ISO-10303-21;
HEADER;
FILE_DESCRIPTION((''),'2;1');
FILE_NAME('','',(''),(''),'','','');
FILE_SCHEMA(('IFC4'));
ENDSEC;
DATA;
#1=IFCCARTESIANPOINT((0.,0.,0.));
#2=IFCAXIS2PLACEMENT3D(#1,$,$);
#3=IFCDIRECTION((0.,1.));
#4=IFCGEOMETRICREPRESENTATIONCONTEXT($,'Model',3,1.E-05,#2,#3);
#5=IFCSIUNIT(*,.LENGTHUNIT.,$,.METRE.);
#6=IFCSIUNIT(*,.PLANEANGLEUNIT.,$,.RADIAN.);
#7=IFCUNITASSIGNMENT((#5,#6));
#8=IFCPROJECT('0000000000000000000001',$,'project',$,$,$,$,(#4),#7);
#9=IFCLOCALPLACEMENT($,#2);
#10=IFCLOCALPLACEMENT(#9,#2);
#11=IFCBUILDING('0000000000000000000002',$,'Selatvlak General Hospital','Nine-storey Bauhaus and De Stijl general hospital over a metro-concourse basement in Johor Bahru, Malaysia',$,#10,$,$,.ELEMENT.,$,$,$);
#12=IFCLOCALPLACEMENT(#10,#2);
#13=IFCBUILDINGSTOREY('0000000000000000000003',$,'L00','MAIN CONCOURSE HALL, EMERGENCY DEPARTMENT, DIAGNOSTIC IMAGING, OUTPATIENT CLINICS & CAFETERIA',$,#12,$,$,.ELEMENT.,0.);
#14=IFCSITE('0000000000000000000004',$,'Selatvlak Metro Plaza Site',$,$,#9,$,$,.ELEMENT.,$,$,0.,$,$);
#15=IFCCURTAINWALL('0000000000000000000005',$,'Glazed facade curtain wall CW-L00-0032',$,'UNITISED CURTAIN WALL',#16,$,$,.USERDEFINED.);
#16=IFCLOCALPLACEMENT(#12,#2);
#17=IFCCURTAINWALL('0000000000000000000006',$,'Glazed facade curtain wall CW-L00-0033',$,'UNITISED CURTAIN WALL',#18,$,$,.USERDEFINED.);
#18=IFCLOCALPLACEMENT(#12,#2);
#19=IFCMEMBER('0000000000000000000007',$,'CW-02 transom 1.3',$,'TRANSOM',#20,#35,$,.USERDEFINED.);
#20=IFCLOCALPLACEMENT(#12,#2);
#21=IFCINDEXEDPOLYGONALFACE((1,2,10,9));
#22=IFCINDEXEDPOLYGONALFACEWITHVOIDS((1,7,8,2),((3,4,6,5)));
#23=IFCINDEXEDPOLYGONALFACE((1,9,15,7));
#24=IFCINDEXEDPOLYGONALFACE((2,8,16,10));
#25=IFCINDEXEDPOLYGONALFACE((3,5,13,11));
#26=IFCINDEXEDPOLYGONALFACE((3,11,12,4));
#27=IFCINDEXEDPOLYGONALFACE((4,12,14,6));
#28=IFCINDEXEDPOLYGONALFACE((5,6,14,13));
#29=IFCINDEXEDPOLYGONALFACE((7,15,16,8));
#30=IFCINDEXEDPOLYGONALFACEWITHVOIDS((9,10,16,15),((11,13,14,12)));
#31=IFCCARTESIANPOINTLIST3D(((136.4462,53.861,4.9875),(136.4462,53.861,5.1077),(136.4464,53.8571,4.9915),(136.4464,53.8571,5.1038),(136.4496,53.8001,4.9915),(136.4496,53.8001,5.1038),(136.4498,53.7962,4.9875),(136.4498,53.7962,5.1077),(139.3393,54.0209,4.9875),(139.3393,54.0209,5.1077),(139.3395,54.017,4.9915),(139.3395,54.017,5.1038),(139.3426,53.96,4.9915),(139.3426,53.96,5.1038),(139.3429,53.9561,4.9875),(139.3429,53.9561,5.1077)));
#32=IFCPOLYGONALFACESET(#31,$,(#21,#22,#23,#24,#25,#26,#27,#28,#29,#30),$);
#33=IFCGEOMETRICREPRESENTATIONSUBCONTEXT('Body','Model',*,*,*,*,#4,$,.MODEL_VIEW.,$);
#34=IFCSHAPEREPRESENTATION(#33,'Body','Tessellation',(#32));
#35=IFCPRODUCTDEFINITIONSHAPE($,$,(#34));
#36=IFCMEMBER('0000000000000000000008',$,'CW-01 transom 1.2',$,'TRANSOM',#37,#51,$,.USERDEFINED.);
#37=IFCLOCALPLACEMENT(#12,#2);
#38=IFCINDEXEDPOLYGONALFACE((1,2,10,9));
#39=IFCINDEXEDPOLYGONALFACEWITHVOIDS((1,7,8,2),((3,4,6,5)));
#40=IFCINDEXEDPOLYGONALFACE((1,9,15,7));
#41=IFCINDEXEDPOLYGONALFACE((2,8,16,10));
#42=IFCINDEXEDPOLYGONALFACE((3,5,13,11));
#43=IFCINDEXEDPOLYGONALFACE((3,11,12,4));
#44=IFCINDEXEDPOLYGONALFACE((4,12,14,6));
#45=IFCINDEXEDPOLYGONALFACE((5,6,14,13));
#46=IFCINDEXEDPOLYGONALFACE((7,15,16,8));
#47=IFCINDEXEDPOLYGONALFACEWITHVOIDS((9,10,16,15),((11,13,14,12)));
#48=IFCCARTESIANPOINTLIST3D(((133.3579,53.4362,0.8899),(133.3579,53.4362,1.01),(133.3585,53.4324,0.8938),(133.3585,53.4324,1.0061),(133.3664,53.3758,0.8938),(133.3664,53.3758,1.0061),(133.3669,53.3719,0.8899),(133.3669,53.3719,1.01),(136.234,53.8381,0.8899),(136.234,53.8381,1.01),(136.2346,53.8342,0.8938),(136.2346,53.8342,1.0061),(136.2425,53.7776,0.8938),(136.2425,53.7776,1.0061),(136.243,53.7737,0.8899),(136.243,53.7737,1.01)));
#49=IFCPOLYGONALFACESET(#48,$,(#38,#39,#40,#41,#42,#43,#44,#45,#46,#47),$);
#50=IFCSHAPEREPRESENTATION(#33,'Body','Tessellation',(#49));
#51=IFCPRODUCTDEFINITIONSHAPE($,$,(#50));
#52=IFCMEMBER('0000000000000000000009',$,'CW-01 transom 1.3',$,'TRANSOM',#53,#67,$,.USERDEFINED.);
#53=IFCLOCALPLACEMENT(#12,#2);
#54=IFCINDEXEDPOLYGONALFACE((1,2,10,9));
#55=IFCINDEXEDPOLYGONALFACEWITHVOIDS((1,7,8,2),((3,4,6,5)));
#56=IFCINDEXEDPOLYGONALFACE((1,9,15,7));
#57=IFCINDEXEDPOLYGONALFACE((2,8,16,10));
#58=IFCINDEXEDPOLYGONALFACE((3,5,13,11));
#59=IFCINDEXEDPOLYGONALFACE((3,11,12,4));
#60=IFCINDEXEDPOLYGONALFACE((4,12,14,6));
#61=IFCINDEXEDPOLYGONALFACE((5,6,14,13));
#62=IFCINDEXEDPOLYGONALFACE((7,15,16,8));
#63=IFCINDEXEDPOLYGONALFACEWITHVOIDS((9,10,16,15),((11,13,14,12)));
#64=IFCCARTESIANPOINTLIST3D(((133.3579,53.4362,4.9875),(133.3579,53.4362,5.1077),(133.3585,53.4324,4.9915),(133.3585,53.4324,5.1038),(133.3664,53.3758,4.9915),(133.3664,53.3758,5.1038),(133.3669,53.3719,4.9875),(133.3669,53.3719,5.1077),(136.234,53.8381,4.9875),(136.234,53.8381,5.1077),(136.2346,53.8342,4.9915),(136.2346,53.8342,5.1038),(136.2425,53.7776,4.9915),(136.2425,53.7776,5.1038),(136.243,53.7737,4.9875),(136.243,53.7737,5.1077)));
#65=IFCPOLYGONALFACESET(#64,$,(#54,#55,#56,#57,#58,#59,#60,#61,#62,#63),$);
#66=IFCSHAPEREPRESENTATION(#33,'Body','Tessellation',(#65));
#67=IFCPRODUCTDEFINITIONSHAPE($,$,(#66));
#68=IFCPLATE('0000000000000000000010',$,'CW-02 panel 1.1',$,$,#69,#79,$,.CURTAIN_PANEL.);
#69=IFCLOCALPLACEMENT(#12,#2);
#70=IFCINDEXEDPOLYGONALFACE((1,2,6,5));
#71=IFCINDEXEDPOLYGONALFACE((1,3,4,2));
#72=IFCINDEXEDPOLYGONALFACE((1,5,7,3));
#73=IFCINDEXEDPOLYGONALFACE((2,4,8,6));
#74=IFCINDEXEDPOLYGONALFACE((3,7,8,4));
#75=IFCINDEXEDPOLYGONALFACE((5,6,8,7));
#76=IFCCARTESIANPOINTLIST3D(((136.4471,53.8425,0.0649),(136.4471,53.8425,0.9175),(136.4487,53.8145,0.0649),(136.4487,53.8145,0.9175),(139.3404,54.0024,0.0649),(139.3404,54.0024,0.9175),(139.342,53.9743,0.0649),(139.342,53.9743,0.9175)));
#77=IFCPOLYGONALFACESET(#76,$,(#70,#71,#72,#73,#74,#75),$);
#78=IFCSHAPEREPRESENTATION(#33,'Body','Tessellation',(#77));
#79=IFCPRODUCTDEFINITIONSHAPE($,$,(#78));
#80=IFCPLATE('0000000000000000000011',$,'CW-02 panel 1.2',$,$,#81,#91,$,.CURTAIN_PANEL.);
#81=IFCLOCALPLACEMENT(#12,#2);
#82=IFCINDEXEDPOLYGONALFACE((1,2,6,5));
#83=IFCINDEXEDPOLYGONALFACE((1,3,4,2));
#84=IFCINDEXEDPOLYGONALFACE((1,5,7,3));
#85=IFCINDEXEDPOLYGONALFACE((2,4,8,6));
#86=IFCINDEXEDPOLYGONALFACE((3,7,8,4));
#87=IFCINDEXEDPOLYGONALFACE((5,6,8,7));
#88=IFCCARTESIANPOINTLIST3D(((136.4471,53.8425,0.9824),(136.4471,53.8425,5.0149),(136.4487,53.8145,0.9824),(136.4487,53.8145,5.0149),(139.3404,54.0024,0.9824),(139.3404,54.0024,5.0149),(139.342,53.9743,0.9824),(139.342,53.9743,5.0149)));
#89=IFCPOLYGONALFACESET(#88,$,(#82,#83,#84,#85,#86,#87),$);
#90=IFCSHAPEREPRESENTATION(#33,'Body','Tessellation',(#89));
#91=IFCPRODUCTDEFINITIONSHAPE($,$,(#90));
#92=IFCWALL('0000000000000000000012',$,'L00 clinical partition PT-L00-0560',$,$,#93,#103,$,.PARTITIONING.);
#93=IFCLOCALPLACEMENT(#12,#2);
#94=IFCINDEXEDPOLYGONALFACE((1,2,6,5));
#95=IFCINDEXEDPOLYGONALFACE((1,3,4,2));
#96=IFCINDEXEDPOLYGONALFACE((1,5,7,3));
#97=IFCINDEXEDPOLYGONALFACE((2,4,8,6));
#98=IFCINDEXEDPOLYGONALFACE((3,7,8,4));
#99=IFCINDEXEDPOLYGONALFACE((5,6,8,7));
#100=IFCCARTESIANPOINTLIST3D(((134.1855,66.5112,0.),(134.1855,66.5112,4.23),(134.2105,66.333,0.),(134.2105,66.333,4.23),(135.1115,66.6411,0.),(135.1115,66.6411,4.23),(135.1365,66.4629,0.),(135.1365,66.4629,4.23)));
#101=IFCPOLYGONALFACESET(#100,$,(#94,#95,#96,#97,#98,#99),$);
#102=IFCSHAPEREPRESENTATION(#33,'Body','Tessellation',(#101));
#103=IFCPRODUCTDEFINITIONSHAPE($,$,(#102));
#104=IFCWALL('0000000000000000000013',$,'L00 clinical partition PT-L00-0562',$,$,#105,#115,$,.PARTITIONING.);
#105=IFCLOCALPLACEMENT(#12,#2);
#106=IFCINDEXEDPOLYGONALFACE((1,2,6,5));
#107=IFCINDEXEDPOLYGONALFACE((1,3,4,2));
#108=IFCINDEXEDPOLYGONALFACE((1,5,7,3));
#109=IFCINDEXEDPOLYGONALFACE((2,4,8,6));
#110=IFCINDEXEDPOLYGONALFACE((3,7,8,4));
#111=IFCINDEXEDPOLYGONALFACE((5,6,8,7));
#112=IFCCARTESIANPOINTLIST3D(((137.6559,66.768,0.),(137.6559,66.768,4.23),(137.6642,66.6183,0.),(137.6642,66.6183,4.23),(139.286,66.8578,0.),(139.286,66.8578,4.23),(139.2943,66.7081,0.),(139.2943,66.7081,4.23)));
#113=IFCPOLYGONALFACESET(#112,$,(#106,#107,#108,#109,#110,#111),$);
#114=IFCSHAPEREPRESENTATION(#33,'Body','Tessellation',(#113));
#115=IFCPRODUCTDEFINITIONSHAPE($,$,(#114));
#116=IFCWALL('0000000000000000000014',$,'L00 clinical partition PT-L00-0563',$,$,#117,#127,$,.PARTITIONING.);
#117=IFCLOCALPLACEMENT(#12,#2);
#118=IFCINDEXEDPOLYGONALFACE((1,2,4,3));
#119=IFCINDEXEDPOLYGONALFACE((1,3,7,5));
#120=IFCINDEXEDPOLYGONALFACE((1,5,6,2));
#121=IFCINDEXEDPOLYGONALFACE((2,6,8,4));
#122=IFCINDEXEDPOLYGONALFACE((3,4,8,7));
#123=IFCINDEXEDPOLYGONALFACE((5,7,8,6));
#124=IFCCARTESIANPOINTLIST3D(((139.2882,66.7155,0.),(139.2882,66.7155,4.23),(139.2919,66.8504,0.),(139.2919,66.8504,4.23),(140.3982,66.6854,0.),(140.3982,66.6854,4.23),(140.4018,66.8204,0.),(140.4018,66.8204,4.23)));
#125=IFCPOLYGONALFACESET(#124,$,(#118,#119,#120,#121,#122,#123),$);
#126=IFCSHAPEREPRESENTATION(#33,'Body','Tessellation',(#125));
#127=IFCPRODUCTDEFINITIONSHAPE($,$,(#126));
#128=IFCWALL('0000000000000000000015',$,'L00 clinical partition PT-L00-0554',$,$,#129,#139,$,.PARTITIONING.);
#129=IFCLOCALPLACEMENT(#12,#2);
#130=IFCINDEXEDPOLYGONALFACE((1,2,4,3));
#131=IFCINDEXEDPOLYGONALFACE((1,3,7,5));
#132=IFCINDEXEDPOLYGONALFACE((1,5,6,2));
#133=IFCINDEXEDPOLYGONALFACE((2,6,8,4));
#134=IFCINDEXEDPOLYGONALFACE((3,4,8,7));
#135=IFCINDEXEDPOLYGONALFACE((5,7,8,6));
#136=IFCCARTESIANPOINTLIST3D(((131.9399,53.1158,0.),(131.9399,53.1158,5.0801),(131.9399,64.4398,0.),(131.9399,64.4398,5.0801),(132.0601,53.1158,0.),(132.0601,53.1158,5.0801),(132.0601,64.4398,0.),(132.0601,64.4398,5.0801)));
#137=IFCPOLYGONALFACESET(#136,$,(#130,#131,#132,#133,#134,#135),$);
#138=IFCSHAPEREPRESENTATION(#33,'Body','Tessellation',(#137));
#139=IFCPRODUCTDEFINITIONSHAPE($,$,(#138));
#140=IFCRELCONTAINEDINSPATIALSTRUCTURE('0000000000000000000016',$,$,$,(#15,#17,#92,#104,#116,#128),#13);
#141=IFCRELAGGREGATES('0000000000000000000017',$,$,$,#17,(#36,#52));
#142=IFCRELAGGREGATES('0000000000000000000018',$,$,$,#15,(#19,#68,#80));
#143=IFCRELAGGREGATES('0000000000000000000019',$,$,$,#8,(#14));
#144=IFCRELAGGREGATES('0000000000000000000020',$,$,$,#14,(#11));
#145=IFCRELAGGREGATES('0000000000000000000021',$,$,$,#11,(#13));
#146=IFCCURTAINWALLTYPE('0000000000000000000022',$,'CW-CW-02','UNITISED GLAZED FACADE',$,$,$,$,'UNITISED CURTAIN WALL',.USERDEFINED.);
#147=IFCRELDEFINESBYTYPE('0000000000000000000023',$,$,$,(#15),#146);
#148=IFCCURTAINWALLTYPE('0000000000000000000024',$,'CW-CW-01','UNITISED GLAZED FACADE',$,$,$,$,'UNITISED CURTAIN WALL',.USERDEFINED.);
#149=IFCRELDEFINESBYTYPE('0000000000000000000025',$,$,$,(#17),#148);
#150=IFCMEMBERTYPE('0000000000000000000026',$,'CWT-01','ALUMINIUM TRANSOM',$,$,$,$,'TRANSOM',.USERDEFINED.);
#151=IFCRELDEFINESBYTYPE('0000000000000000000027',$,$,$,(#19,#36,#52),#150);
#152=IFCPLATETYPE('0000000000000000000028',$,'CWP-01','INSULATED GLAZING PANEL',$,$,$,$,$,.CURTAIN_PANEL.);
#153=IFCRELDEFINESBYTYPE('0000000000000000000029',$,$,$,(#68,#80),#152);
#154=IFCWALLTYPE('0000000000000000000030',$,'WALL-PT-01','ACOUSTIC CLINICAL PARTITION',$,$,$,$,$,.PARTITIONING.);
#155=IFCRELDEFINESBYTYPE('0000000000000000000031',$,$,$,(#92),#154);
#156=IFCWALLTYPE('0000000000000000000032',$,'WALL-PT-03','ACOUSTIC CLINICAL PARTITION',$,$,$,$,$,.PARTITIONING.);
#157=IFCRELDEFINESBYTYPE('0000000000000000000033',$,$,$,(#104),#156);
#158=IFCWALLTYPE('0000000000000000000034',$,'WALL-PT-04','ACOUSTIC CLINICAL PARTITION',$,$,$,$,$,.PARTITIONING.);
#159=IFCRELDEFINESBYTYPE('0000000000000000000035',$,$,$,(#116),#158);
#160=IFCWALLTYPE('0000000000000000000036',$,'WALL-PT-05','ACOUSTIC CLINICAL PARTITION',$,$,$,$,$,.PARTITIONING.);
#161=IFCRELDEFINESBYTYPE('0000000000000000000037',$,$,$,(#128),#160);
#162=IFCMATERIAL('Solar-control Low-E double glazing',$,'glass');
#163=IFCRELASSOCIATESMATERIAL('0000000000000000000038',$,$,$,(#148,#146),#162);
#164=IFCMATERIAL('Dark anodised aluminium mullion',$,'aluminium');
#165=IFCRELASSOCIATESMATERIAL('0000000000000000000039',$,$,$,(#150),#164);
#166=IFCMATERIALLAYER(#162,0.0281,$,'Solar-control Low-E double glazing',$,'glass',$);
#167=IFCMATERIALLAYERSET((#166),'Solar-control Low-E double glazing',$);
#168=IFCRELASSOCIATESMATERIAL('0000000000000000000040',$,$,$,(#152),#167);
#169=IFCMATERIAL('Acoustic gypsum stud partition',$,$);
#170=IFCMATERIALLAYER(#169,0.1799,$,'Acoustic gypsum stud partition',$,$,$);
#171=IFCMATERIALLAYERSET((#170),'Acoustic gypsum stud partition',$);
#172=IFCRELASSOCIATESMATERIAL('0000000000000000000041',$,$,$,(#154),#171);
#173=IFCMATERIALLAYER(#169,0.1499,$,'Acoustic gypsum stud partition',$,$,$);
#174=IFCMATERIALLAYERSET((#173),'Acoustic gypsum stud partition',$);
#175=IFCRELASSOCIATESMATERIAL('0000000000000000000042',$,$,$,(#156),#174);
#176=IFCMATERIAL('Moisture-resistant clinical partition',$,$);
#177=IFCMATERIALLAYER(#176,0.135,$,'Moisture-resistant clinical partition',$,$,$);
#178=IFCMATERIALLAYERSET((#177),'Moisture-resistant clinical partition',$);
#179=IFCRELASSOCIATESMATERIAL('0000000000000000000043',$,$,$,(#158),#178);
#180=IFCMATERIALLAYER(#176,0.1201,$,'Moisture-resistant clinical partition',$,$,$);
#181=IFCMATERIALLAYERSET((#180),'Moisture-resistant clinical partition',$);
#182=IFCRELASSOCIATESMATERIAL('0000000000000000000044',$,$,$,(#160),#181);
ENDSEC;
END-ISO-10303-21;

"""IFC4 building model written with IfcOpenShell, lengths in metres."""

from ifc_helpers import new_model, si_unit, direction, frame, frame_2d, origin, origin_2d, place, context, subcontext, project, spatial, rectangle, hollow_rectangle, extrude, material, layer, layer_set, material_profile, profile_set, type_object, element, aggregate, save


model = new_model("IFC4")

# Units and contexts
model_context = context("Model", 3, precision=1e-05, world=origin(), true_north=direction((0.0, 1.0)))
body_context = subcontext(model_context, "Body", "Model", "MODEL_VIEW")
ifc_project = project(units=[si_unit("LENGTHUNIT", "METRE"), si_unit("PLANEANGLEUNIT", "RADIAN")], contexts=[model_context])

# Site, building, storey
site_placement = place(None, origin())
site = spatial("IfcSite", under=ifc_project, at=site_placement, Name="Selatvlak Metro Plaza Site", CompositionType="ELEMENT", RefElevation=0.0)
building_placement = place(site_placement, origin())
building = spatial("IfcBuilding", under=site, at=building_placement, Name="Selatvlak General Hospital", Description="Nine-storey Bauhaus and De Stijl general hospital over a metro-concourse basement in Johor Bahru, Malaysia", CompositionType="ELEMENT")
storey_placement = place(building_placement, origin())
storey = spatial("IfcBuildingStorey", under=building, at=storey_placement, Name="L00", Description="MAIN CONCOURSE HALL, EMERGENCY DEPARTMENT, DIAGNOSTIC IMAGING, OUTPATIENT CLINICS & CAFETERIA", CompositionType="ELEMENT", Elevation=0.0)

# Shared definitions
ifc_material_1 = material(Name="Solar-control Low-E double glazing", Category="glass")
curtain_wall_type_1 = type_object("IfcCurtainWallType", Name="CW-CW-01", Description="UNITISED GLAZED FACADE", ElementType="UNITISED CURTAIN WALL", PredefinedType="USERDEFINED", material=ifc_material_1)
ifc_material_2 = material(Name="Dark anodised aluminium mullion", Category="aluminium")

# Curtain wall
curtain_wall_type_2 = type_object("IfcCurtainWallType", Name="CW-CW-02", Description="UNITISED GLAZED FACADE", ElementType="UNITISED CURTAIN WALL", PredefinedType="USERDEFINED", material=ifc_material_1)
curtain_wall_1_placement = place(storey_placement, origin())
curtain_wall_1 = element("IfcCurtainWall", 1, at=curtain_wall_1_placement, inside=storey, type_object=curtain_wall_type_2, Name="Glazed facade curtain wall CW-L00-0032", ObjectType="UNITISED CURTAIN WALL", PredefinedType="USERDEFINED")

# Curtain wall
curtain_wall_2_placement = place(storey_placement, origin())
curtain_wall_2 = element("IfcCurtainWall", 2, at=curtain_wall_2_placement, inside=storey, type_object=curtain_wall_type_1, Name="Glazed facade curtain wall CW-L00-0033", ObjectType="UNITISED CURTAIN WALL", PredefinedType="USERDEFINED")

# Members
ifc_material_profile_1 = material_profile(ifc_material_2, hollow_rectangle(XDim=0.0649, YDim=0.1201, WallThickness=0.0039, at=origin_2d()), Name="AL-TRN 65x120x4")
ifc_profile_set_1 = profile_set([ifc_material_profile_1], Name="Dark anodised aluminium mullion")
member_type_1 = type_object("IfcMemberType", Name="CWT-01", Description="ALUMINIUM TRANSOM", ElementType="TRANSOM", PredefinedType="USERDEFINED", material=ifc_profile_set_1)
member_1_placement = place(storey_placement, frame((139.3411, 53.9885, 5.0476), z_axis=(-0.998476, -0.05519, 0.0), x_axis=(0.05519, -0.998476, 0.0)))
member_1 = element("IfcMember", 3, at=member_1_placement, type_object=member_type_1, Name="CW-02 transom 1.3", ObjectType="TRANSOM", PredefinedType="USERDEFINED", context=body_context, shape_type="SweptSolid", body=[
    extrude(hollow_rectangle(XDim=0.0649, YDim=0.1201, WallThickness=0.0039, at=origin_2d()), origin(), (0.0, 0.0, 1.0), 2.8975),
])
member_2_placement = place(storey_placement, frame((136.2385, 53.8059, 0.95), z_axis=(-0.99038, -0.138372, 0.0), x_axis=(0.138372, -0.99038, 0.0)))
member_2 = element("IfcMember", 4, at=member_2_placement, type_object=member_type_1, Name="CW-01 transom 1.2", ObjectType="TRANSOM", PredefinedType="USERDEFINED", context=body_context, shape_type="SweptSolid", body=[
    extrude(hollow_rectangle(XDim=0.0649, YDim=0.1201, WallThickness=0.0039, at=origin_2d()), origin(), (0.0, 0.0, 1.0), 2.9041),
])
member_3_placement = place(storey_placement, frame((136.2385, 53.8059, 5.0476), z_axis=(-0.99038, -0.138372, 0.0), x_axis=(0.138372, -0.99038, 0.0)))
member_3 = element("IfcMember", 5, at=member_3_placement, type_object=member_type_1, Name="CW-01 transom 1.3", ObjectType="TRANSOM", PredefinedType="USERDEFINED", context=body_context, shape_type="SweptSolid", body=[
    extrude(hollow_rectangle(XDim=0.0649, YDim=0.1201, WallThickness=0.0039, at=origin_2d()), origin(), (0.0, 0.0, 1.0), 2.9041),
])
aggregate(curtain_wall_2, [member_2, member_3])

# Plates
ifc_layer_1 = layer(ifc_material_1, 0.0281, Name="Solar-control Low-E double glazing", Category="glass")
ifc_layer_set_1 = layer_set([ifc_layer_1], Name="Solar-control Low-E double glazing")
plate_type = type_object("IfcPlateType", Name="CWP-01", Description="INSULATED GLAZING PANEL", PredefinedType="CURTAIN_PANEL", material=ifc_layer_set_1)
plate_1_placement = place(storey_placement, frame((137.8945, 53.9084, 0.0649), z_axis=(0.0, 0.0, 1.0), x_axis=(-0.998478, -0.055159, 0.0)))
plate_1 = element("IfcPlate", 6, at=plate_1_placement, type_object=plate_type, Name="CW-02 panel 1.1", PredefinedType="CURTAIN_PANEL", context=body_context, shape_type="SweptSolid", body=[
    extrude(rectangle(XDim=2.8977, YDim=0.0281, at=origin_2d()), origin(), (0.0, 0.0, 1.0), 0.8525),
])
plate_2_placement = place(storey_placement, frame((137.8945, 53.9084, 0.9824), z_axis=(0.0, 0.0, 1.0), x_axis=(-0.998478, -0.055159, 0.0)))
plate_2 = element("IfcPlate", 7, at=plate_2_placement, type_object=plate_type, Name="CW-02 panel 1.2", PredefinedType="CURTAIN_PANEL", context=body_context, shape_type="SweptSolid", body=[
    extrude(rectangle(XDim=2.8977, YDim=0.0281, at=origin_2d()), origin(), (0.0, 0.0, 1.0), 4.0325),
])
aggregate(curtain_wall_1, [member_1, plate_1, plate_2])

# Wall
ifc_material_3 = material(Name="Acoustic gypsum stud partition")
ifc_layer_2 = layer(ifc_material_3, 0.1799, Name="Acoustic gypsum stud partition")
ifc_layer_set_2 = layer_set([ifc_layer_2], Name="Acoustic gypsum stud partition")
wall_type_1 = type_object("IfcWallType", Name="WALL-PT-01", Description="ACOUSTIC CLINICAL PARTITION", PredefinedType="PARTITIONING", material=ifc_layer_set_2)
wall_1_placement = place(storey_placement, frame((134.198, 66.4221, 0.0), z_axis=(0.0, 0.0, 1.0), x_axis=(0.990307, 0.138899, 0.0)))
element("IfcWall", 8, at=wall_1_placement, inside=storey, type_object=wall_type_1, Name="L00 clinical partition PT-L00-0560", PredefinedType="PARTITIONING", context=body_context, shape_type="SweptSolid", body=[
    extrude(rectangle(XDim=0.9351, YDim=0.1799, at=frame_2d((0.4675, 0.0))), origin(), (0.0, 0.0, 1.0), 4.23),
])

# Walls
ifc_layer_3 = layer(ifc_material_3, 0.1499, Name="Acoustic gypsum stud partition")
ifc_layer_set_3 = layer_set([ifc_layer_3], Name="Acoustic gypsum stud partition")
wall_type_2 = type_object("IfcWallType", Name="WALL-PT-03", Description="ACOUSTIC CLINICAL PARTITION", PredefinedType="PARTITIONING", material=ifc_layer_set_3)
wall_2_placement = place(storey_placement, frame((137.6599, 66.6931, 0.0), z_axis=(0.0, 0.0, 1.0), x_axis=(0.998485, 0.055031, 0.0)))
element("IfcWall", 9, at=wall_2_placement, inside=storey, type_object=wall_type_2, Name="L00 clinical partition PT-L00-0562", PredefinedType="PARTITIONING", context=body_context, shape_type="SweptSolid", body=[
    extrude(rectangle(XDim=1.6326, YDim=0.1499, at=frame_2d((0.8164, 0.0))), origin(), (0.0, 0.0, 1.0), 4.23),
])
ifc_material_4 = material(Name="Moisture-resistant clinical partition")
ifc_layer_4 = layer(ifc_material_4, 0.135, Name="Moisture-resistant clinical partition")
ifc_layer_set_4 = layer_set([ifc_layer_4], Name="Moisture-resistant clinical partition")
wall_type_3 = type_object("IfcWallType", Name="WALL-PT-04", Description="ACOUSTIC CLINICAL PARTITION", PredefinedType="PARTITIONING", material=ifc_layer_set_4)
wall_3_placement = place(storey_placement, frame((139.29, 66.783, 0.0), z_axis=(0.0, 0.0, 1.0), x_axis=(0.999634, -0.027047, 0.0)))
element("IfcWall", 10, at=wall_3_placement, inside=storey, type_object=wall_type_3, Name="L00 clinical partition PT-L00-0563", PredefinedType="PARTITIONING", context=body_context, shape_type="SweptSolid", body=[
    extrude(rectangle(XDim=1.1104, YDim=0.135, at=frame_2d((0.5552, 0.0))), origin(), (0.0, 0.0, 1.0), 4.23),
])
ifc_layer_5 = layer(ifc_material_4, 0.1201, Name="Moisture-resistant clinical partition")
ifc_layer_set_5 = layer_set([ifc_layer_5], Name="Moisture-resistant clinical partition")
wall_type_4 = type_object("IfcWallType", Name="WALL-PT-05", Description="ACOUSTIC CLINICAL PARTITION", PredefinedType="PARTITIONING", material=ifc_layer_set_5)
wall_4_placement = place(storey_placement, frame((132.0, 64.4399, 0.0), z_axis=(0.0, 0.0, 1.0), x_axis=(0.0, -1.0, 0.0)))
element("IfcWall", 11, at=wall_4_placement, inside=storey, type_object=wall_type_4, Name="L00 clinical partition PT-L00-0554", PredefinedType="PARTITIONING", context=body_context, shape_type="SweptSolid", body=[
    extrude(rectangle(XDim=11.324, YDim=0.1201, at=frame_2d((5.6621, 0.0))), origin(), (0.0, 0.0, 1.0), 5.0801),
])

save(model, "model.ifc")
